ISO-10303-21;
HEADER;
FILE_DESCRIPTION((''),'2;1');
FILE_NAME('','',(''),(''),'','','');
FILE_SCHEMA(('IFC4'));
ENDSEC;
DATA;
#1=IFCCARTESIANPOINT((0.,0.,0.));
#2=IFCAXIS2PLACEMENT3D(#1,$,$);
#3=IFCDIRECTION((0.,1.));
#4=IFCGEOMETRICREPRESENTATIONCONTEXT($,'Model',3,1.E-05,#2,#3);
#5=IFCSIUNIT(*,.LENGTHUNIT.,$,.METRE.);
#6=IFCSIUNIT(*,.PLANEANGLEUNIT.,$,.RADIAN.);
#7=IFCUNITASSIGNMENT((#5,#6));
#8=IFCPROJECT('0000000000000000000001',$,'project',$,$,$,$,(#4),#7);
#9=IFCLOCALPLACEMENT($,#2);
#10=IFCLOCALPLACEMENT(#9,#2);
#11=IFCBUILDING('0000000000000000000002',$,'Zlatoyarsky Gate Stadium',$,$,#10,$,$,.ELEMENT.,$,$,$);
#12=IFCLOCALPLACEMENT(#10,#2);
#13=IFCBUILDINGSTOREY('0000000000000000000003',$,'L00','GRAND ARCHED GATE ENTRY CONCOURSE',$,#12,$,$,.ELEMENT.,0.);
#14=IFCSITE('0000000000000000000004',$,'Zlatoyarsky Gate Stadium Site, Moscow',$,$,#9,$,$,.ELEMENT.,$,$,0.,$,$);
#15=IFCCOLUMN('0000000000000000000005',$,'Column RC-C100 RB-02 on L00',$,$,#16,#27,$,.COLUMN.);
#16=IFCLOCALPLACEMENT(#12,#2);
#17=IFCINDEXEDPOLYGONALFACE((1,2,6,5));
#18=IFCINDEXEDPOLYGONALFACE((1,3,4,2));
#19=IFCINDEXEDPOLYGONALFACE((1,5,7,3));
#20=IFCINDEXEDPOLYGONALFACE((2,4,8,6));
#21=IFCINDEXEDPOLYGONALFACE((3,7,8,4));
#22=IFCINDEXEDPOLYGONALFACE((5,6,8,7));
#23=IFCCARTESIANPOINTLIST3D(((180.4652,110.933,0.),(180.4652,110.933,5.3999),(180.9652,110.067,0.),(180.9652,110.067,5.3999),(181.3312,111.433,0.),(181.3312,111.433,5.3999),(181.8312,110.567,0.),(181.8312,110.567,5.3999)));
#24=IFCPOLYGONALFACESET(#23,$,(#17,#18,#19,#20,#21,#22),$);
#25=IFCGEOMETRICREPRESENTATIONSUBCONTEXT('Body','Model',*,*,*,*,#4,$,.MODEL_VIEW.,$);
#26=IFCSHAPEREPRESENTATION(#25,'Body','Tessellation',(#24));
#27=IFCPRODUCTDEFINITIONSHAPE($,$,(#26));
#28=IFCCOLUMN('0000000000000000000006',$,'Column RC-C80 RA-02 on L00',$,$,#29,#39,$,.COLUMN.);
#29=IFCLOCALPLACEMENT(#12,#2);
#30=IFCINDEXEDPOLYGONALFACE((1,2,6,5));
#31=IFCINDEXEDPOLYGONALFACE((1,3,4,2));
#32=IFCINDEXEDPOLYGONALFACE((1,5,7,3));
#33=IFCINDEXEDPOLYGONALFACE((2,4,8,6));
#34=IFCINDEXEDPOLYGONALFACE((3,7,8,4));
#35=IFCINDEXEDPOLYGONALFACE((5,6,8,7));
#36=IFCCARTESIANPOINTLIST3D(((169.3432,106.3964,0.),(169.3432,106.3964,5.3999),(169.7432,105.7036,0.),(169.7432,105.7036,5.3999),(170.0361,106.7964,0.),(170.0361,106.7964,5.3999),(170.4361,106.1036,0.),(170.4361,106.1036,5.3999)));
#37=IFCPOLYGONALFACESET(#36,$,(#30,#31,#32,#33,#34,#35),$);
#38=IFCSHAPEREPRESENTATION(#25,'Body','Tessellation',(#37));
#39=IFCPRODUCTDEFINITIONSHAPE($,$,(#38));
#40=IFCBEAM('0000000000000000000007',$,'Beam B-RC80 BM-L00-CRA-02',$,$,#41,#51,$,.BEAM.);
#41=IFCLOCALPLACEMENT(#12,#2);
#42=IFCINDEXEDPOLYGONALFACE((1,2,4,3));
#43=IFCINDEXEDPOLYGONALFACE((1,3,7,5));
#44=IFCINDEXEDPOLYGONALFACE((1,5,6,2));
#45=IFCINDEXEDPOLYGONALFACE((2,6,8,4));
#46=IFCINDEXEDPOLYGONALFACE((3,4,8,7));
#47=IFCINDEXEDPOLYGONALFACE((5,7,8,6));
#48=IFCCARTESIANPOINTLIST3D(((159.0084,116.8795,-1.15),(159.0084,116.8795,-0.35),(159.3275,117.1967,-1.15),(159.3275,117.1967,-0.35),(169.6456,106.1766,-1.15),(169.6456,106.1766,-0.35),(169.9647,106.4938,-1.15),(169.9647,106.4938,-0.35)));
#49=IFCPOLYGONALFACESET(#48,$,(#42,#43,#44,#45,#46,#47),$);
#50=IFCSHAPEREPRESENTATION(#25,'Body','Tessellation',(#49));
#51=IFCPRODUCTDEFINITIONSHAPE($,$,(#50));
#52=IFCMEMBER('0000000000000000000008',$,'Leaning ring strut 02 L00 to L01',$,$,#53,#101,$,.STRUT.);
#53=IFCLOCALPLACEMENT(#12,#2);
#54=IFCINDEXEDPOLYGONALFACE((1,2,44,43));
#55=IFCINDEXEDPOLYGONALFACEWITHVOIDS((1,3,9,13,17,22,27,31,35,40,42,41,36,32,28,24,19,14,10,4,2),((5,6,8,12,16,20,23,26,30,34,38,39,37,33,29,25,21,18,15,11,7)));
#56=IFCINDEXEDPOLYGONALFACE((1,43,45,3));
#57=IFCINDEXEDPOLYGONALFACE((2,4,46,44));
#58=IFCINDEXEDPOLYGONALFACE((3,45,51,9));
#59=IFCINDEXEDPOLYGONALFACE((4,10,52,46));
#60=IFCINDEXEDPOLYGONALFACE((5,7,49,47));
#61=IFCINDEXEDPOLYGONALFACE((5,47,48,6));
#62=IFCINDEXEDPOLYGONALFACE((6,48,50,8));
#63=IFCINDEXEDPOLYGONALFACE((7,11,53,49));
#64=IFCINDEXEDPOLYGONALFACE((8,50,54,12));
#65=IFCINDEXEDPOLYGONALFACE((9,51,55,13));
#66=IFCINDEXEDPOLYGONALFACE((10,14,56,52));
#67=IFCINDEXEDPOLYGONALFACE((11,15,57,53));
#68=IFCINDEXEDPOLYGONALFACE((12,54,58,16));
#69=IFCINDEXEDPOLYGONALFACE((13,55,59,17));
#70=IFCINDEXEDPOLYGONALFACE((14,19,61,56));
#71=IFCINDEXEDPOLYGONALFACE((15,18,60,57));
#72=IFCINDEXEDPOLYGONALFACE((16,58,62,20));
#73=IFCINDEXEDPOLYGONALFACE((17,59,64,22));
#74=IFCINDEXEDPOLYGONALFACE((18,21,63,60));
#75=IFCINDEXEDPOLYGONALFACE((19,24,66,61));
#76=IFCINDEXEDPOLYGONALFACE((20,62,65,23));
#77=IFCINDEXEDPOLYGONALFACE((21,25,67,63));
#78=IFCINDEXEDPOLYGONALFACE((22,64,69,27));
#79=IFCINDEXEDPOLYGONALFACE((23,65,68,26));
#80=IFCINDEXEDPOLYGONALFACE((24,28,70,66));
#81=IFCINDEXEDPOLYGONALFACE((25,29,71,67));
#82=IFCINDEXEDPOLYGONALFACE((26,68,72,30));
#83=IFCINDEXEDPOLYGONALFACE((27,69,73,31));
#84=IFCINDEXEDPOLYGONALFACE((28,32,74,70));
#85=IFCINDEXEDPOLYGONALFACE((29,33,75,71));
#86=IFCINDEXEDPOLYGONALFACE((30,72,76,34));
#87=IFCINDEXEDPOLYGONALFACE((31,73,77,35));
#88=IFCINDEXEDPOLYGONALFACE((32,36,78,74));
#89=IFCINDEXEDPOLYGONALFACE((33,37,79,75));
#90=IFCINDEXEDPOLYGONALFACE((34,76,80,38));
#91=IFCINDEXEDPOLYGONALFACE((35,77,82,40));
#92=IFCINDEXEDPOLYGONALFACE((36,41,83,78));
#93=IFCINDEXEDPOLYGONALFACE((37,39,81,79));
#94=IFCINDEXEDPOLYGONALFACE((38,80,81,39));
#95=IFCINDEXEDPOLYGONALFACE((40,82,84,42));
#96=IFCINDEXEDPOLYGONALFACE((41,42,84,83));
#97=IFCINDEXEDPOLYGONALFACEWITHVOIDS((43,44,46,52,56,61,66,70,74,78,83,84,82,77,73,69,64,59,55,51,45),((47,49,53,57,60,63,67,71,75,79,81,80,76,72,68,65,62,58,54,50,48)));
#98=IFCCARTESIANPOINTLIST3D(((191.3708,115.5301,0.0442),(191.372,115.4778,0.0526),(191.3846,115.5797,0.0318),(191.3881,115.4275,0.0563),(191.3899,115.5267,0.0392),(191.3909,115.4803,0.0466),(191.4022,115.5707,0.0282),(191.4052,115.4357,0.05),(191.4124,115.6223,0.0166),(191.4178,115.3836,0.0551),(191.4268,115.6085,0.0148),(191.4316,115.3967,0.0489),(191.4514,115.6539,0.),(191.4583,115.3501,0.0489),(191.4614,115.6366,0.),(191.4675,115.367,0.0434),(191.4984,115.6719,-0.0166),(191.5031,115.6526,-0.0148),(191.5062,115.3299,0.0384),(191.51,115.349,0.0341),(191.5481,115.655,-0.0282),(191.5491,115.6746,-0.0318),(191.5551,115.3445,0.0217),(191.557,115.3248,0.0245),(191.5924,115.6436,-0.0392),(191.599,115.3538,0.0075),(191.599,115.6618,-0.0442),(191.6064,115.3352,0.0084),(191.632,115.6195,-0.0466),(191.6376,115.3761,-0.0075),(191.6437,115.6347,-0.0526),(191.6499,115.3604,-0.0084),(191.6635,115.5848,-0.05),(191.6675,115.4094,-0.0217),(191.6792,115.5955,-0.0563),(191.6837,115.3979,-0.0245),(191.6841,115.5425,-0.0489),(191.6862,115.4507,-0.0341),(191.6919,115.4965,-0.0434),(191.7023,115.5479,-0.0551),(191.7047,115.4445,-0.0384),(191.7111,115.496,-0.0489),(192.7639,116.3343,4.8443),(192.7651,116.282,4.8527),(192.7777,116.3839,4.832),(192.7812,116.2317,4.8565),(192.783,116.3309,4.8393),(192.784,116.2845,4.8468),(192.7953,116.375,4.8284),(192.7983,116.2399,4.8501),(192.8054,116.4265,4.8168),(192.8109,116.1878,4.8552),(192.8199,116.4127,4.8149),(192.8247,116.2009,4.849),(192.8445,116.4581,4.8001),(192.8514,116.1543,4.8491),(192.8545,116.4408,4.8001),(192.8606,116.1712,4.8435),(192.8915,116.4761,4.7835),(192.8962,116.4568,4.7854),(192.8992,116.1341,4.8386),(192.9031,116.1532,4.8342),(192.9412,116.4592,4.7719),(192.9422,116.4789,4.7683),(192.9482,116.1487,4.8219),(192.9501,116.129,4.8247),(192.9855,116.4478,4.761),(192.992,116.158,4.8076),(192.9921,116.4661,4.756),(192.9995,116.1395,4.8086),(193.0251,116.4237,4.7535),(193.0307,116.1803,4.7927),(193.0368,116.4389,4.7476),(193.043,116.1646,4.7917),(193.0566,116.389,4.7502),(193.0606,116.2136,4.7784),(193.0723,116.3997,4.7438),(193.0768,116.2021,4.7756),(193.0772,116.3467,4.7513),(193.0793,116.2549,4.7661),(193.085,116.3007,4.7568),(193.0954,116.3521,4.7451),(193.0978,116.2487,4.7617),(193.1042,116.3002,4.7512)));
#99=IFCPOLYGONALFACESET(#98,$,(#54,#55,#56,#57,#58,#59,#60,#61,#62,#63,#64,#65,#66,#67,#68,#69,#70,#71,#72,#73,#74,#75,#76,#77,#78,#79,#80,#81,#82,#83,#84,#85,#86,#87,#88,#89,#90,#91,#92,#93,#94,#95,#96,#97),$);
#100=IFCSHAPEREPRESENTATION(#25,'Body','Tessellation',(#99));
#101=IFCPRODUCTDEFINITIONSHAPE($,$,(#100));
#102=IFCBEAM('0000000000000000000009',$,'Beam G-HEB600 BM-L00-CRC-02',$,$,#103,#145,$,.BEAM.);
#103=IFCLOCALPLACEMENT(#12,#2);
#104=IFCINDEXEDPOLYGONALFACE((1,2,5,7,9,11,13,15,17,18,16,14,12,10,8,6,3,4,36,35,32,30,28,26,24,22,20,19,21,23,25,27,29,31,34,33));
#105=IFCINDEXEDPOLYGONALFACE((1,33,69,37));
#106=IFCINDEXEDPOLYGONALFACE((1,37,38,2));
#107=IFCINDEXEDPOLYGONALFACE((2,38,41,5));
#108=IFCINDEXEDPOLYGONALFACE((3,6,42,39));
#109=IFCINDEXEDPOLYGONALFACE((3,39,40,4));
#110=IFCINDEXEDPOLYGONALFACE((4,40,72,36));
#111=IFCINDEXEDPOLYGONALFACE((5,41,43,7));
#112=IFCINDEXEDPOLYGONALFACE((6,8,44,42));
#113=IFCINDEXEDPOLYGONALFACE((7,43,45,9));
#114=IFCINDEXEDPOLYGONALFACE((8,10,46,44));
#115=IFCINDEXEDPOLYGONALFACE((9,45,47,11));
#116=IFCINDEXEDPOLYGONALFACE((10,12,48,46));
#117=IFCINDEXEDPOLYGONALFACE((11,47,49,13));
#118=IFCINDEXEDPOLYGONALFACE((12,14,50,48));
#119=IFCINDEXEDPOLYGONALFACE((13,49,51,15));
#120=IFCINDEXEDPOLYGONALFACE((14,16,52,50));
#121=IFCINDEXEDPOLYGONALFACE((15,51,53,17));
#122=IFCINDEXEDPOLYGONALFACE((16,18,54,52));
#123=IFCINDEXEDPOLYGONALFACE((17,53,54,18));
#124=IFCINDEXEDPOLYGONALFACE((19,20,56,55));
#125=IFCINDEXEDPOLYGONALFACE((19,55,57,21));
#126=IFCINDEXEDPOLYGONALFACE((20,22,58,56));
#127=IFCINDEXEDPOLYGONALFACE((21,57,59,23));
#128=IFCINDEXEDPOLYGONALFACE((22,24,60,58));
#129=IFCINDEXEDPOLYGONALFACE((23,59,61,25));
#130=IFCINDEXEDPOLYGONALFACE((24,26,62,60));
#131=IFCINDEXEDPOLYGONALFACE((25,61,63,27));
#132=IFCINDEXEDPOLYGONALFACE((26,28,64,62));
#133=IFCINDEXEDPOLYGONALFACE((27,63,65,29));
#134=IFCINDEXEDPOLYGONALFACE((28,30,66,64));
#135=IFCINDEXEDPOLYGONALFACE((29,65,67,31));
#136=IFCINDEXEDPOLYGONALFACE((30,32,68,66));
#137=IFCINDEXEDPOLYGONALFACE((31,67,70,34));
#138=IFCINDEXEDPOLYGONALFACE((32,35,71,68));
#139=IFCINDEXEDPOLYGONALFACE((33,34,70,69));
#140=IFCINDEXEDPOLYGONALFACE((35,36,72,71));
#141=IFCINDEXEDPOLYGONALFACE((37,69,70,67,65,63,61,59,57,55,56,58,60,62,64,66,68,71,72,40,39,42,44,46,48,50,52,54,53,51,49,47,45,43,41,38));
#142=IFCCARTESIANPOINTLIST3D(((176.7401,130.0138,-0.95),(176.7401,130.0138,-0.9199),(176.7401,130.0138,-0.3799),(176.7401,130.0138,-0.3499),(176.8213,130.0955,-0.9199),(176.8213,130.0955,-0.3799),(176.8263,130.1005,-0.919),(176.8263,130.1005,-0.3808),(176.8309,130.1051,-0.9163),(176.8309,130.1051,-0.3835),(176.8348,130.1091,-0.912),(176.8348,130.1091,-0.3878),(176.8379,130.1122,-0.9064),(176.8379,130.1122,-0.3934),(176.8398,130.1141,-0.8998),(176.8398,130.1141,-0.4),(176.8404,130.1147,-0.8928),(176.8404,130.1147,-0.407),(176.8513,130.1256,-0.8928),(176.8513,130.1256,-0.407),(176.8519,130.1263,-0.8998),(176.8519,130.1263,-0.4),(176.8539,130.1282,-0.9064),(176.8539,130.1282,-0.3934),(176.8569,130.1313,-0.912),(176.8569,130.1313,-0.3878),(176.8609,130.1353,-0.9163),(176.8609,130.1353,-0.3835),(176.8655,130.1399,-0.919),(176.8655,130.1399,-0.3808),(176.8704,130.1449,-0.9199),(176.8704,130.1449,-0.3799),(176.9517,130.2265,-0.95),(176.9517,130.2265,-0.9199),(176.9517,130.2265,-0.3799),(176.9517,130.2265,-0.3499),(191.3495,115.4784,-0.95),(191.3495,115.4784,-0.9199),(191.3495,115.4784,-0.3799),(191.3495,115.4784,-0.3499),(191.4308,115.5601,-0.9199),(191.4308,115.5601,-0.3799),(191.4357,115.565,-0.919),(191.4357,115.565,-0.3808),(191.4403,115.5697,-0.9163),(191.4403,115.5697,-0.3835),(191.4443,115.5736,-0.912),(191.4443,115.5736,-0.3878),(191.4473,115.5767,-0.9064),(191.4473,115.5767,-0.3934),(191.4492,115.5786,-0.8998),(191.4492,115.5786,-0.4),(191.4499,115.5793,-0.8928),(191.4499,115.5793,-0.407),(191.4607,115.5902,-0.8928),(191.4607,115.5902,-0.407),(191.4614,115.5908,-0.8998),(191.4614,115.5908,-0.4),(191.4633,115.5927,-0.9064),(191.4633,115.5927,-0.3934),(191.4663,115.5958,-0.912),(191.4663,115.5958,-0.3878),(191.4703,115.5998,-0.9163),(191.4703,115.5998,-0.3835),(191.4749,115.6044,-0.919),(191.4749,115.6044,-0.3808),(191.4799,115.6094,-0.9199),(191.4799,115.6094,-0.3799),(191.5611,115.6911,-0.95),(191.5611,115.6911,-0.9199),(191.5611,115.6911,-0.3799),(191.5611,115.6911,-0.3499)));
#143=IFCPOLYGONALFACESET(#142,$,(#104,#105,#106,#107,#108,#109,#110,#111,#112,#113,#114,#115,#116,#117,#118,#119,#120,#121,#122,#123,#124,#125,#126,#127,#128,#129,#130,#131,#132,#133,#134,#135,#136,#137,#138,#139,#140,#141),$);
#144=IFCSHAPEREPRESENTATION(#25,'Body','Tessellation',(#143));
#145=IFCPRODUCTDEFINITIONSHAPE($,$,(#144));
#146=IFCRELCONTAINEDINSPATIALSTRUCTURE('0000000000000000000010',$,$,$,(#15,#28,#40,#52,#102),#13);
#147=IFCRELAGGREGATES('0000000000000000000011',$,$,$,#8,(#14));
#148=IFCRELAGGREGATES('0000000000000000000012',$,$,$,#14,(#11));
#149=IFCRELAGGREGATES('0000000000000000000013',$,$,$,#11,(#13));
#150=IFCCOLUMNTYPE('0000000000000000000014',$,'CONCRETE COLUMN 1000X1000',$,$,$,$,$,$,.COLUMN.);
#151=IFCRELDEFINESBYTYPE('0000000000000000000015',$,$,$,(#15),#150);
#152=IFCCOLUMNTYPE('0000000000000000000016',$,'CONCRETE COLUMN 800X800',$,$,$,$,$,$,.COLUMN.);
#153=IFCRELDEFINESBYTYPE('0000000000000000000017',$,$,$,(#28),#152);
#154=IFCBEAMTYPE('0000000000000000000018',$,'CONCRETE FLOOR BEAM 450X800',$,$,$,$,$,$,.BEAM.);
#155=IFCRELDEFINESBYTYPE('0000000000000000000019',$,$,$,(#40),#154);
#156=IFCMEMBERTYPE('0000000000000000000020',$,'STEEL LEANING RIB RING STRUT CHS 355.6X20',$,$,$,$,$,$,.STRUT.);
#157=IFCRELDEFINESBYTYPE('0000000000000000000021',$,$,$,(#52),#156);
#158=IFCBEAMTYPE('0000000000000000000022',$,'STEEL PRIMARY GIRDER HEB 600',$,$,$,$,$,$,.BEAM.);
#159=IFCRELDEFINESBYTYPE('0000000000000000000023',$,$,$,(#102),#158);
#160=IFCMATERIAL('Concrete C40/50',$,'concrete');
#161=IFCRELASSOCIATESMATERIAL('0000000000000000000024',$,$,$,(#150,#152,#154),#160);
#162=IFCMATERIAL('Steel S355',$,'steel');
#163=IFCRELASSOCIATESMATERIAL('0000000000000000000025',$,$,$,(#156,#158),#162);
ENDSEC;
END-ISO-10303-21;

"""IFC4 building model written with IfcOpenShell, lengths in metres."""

from ifc_helpers import new_model, si_unit, direction, frame, origin, origin_2d, place, context, subcontext, project, spatial, rectangle, hollow_circle, i_section, extrude, material, material_profile, profile_set, type_object, element, save


model = new_model("IFC4")

# Units and contexts
model_context = context("Model", 3, precision=1e-05, world=origin(), true_north=direction((0.0, 1.0)))
body_context = subcontext(model_context, "Body", "Model", "MODEL_VIEW")
ifc_project = project(units=[si_unit("LENGTHUNIT", "METRE"), si_unit("PLANEANGLEUNIT", "RADIAN")], contexts=[model_context])

# Site, building, storey
site_placement = place(None, origin())
site = spatial("IfcSite", under=ifc_project, at=site_placement, Name="Zlatoyarsky Gate Stadium Site, Moscow", CompositionType="ELEMENT", RefElevation=0.0)
building_placement = place(site_placement, origin())
building = spatial("IfcBuilding", under=site, at=building_placement, Name="Zlatoyarsky Gate Stadium", CompositionType="ELEMENT")
storey_placement = place(building_placement, origin())
storey = spatial("IfcBuildingStorey", under=building, at=storey_placement, Name="L00", Description="GRAND ARCHED GATE ENTRY CONCOURSE", CompositionType="ELEMENT", Elevation=0.0)

# Columns
ifc_material_1 = material(Name="Concrete C40/50", Category="concrete")
ifc_material_profile_1 = material_profile(ifc_material_1, rectangle(XDim=1.0, YDim=1.0, at=origin_2d()), Name="RC COL 1000X1000")
ifc_profile_set_1 = profile_set([ifc_material_profile_1], Name="Concrete C40/50")
column_type_1 = type_object("IfcColumnType", Name="CONCRETE COLUMN 1000X1000", PredefinedType="COLUMN", material=ifc_profile_set_1)
column_1_placement = place(storey_placement, frame((181.1482, 110.75, 0.0), z_axis=(0.0, 0.0, 1.0), x_axis=(0.866025, 0.5, 0.0)))
element("IfcColumn", 1, at=column_1_placement, inside=storey, type_object=column_type_1, Name="Column RC-C100 RB-02 on L00", PredefinedType="COLUMN", context=body_context, shape_type="SweptSolid", body=[
    extrude(rectangle(XDim=1.0, YDim=1.0, at=origin_2d()), origin(), (0.0, 0.0, 1.0), 5.3999),
])
ifc_material_profile_2 = material_profile(ifc_material_1, rectangle(XDim=0.8, YDim=0.8, at=origin_2d()), Name="RC COL 800X800")
ifc_profile_set_2 = profile_set([ifc_material_profile_2], Name="Concrete C40/50")
column_type_2 = type_object("IfcColumnType", Name="CONCRETE COLUMN 800X800", PredefinedType="COLUMN", material=ifc_profile_set_2)
column_2_placement = place(storey_placement, frame((169.8896, 106.25, 0.0), z_axis=(0.0, 0.0, 1.0), x_axis=(0.866025, 0.5, 0.0)))
element("IfcColumn", 2, at=column_2_placement, inside=storey, type_object=column_type_2, Name="Column RC-C80 RA-02 on L00", PredefinedType="COLUMN", context=body_context, shape_type="SweptSolid", body=[
    extrude(rectangle(XDim=0.8, YDim=0.8, at=origin_2d()), origin(), (0.0, 0.0, 1.0), 5.3999),
])

# Beam
ifc_material_profile_3 = material_profile(ifc_material_1, rectangle(XDim=0.45, YDim=0.8, at=origin_2d()), Name="RC BEAM 450X800")
ifc_profile_set_3 = profile_set([ifc_material_profile_3], Name="Concrete C40/50")
beam_type_1 = type_object("IfcBeamType", Name="CONCRETE FLOOR BEAM 450X800", PredefinedType="BEAM", material=ifc_profile_set_3)
beam_1_placement = place(storey_placement, frame((169.8052, 106.3352, -0.75), z_axis=(-0.704927, 0.70928, 0.0), x_axis=(-0.70928, -0.704927, 0.0)))
element("IfcBeam", 3, at=beam_1_placement, inside=storey, type_object=beam_type_1, Name="Beam B-RC80 BM-L00-CRA-02", PredefinedType="BEAM", context=body_context, shape_type="SweptSolid", body=[
    extrude(rectangle(XDim=0.45, YDim=0.8, at=origin_2d()), origin(), (0.0, 0.0, 1.0), 15.0898),
])

# Member
ifc_material_2 = material(Name="Steel S355", Category="steel")
ifc_material_profile_4 = material_profile(ifc_material_2, hollow_circle(Radius=0.1777, WallThickness=0.02, at=origin_2d()), Name="CHS 355.6X20")
ifc_profile_set_4 = profile_set([ifc_material_profile_4], Name="Steel S355")
member_type = type_object("IfcMemberType", Name="STEEL LEANING RIB RING STRUT CHS 355.6X20", PredefinedType="STRUT", material=ifc_profile_set_4)
member_placement = place(storey_placement, frame((191.5403, 115.5, 0.0), z_axis=(0.275179, 0.158857, 0.948178), x_axis=(-0.499959, 0.866049, 0.0)))
element("IfcMember", 4, at=member_placement, inside=storey, type_object=member_type, Name="Leaning ring strut 02 L00 to L01", PredefinedType="STRUT", context=body_context, shape_type="SweptSolid", body=[
    extrude(hollow_circle(Radius=0.1777, WallThickness=0.02, at=origin_2d()), origin(), (0.0, 0.0, 1.0), 5.0625),
])

# Beam
ifc_material_profile_5 = material_profile(ifc_material_2, i_section(OverallWidth=0.3, OverallDepth=0.6001, WebThickness=0.0154, FlangeThickness=0.03, FilletRadius=0.0271, at=origin_2d()), Name="HEB 600")
ifc_profile_set_5 = profile_set([ifc_material_profile_5], Name="Steel S355")
beam_type_2 = type_object("IfcBeamType", Name="STEEL PRIMARY GIRDER HEB 600", PredefinedType="BEAM", material=ifc_profile_set_5)
beam_2_placement = place(storey_placement, frame((191.4553, 115.5847, -0.6499), z_axis=(-0.708899, 0.70531, 0.0), x_axis=(-0.70531, -0.708899, 0.0)))
element("IfcBeam", 5, at=beam_2_placement, inside=storey, type_object=beam_type_2, Name="Beam G-HEB600 BM-L00-CRC-02", PredefinedType="BEAM", context=body_context, shape_type="SweptSolid", body=[
    extrude(i_section(OverallWidth=0.3, OverallDepth=0.6001, WebThickness=0.0154, FlangeThickness=0.03, FilletRadius=0.0271, at=origin_2d()), origin(), (0.0, 0.0, 1.0), 20.6086),
])

save(model, "model.ifc")
